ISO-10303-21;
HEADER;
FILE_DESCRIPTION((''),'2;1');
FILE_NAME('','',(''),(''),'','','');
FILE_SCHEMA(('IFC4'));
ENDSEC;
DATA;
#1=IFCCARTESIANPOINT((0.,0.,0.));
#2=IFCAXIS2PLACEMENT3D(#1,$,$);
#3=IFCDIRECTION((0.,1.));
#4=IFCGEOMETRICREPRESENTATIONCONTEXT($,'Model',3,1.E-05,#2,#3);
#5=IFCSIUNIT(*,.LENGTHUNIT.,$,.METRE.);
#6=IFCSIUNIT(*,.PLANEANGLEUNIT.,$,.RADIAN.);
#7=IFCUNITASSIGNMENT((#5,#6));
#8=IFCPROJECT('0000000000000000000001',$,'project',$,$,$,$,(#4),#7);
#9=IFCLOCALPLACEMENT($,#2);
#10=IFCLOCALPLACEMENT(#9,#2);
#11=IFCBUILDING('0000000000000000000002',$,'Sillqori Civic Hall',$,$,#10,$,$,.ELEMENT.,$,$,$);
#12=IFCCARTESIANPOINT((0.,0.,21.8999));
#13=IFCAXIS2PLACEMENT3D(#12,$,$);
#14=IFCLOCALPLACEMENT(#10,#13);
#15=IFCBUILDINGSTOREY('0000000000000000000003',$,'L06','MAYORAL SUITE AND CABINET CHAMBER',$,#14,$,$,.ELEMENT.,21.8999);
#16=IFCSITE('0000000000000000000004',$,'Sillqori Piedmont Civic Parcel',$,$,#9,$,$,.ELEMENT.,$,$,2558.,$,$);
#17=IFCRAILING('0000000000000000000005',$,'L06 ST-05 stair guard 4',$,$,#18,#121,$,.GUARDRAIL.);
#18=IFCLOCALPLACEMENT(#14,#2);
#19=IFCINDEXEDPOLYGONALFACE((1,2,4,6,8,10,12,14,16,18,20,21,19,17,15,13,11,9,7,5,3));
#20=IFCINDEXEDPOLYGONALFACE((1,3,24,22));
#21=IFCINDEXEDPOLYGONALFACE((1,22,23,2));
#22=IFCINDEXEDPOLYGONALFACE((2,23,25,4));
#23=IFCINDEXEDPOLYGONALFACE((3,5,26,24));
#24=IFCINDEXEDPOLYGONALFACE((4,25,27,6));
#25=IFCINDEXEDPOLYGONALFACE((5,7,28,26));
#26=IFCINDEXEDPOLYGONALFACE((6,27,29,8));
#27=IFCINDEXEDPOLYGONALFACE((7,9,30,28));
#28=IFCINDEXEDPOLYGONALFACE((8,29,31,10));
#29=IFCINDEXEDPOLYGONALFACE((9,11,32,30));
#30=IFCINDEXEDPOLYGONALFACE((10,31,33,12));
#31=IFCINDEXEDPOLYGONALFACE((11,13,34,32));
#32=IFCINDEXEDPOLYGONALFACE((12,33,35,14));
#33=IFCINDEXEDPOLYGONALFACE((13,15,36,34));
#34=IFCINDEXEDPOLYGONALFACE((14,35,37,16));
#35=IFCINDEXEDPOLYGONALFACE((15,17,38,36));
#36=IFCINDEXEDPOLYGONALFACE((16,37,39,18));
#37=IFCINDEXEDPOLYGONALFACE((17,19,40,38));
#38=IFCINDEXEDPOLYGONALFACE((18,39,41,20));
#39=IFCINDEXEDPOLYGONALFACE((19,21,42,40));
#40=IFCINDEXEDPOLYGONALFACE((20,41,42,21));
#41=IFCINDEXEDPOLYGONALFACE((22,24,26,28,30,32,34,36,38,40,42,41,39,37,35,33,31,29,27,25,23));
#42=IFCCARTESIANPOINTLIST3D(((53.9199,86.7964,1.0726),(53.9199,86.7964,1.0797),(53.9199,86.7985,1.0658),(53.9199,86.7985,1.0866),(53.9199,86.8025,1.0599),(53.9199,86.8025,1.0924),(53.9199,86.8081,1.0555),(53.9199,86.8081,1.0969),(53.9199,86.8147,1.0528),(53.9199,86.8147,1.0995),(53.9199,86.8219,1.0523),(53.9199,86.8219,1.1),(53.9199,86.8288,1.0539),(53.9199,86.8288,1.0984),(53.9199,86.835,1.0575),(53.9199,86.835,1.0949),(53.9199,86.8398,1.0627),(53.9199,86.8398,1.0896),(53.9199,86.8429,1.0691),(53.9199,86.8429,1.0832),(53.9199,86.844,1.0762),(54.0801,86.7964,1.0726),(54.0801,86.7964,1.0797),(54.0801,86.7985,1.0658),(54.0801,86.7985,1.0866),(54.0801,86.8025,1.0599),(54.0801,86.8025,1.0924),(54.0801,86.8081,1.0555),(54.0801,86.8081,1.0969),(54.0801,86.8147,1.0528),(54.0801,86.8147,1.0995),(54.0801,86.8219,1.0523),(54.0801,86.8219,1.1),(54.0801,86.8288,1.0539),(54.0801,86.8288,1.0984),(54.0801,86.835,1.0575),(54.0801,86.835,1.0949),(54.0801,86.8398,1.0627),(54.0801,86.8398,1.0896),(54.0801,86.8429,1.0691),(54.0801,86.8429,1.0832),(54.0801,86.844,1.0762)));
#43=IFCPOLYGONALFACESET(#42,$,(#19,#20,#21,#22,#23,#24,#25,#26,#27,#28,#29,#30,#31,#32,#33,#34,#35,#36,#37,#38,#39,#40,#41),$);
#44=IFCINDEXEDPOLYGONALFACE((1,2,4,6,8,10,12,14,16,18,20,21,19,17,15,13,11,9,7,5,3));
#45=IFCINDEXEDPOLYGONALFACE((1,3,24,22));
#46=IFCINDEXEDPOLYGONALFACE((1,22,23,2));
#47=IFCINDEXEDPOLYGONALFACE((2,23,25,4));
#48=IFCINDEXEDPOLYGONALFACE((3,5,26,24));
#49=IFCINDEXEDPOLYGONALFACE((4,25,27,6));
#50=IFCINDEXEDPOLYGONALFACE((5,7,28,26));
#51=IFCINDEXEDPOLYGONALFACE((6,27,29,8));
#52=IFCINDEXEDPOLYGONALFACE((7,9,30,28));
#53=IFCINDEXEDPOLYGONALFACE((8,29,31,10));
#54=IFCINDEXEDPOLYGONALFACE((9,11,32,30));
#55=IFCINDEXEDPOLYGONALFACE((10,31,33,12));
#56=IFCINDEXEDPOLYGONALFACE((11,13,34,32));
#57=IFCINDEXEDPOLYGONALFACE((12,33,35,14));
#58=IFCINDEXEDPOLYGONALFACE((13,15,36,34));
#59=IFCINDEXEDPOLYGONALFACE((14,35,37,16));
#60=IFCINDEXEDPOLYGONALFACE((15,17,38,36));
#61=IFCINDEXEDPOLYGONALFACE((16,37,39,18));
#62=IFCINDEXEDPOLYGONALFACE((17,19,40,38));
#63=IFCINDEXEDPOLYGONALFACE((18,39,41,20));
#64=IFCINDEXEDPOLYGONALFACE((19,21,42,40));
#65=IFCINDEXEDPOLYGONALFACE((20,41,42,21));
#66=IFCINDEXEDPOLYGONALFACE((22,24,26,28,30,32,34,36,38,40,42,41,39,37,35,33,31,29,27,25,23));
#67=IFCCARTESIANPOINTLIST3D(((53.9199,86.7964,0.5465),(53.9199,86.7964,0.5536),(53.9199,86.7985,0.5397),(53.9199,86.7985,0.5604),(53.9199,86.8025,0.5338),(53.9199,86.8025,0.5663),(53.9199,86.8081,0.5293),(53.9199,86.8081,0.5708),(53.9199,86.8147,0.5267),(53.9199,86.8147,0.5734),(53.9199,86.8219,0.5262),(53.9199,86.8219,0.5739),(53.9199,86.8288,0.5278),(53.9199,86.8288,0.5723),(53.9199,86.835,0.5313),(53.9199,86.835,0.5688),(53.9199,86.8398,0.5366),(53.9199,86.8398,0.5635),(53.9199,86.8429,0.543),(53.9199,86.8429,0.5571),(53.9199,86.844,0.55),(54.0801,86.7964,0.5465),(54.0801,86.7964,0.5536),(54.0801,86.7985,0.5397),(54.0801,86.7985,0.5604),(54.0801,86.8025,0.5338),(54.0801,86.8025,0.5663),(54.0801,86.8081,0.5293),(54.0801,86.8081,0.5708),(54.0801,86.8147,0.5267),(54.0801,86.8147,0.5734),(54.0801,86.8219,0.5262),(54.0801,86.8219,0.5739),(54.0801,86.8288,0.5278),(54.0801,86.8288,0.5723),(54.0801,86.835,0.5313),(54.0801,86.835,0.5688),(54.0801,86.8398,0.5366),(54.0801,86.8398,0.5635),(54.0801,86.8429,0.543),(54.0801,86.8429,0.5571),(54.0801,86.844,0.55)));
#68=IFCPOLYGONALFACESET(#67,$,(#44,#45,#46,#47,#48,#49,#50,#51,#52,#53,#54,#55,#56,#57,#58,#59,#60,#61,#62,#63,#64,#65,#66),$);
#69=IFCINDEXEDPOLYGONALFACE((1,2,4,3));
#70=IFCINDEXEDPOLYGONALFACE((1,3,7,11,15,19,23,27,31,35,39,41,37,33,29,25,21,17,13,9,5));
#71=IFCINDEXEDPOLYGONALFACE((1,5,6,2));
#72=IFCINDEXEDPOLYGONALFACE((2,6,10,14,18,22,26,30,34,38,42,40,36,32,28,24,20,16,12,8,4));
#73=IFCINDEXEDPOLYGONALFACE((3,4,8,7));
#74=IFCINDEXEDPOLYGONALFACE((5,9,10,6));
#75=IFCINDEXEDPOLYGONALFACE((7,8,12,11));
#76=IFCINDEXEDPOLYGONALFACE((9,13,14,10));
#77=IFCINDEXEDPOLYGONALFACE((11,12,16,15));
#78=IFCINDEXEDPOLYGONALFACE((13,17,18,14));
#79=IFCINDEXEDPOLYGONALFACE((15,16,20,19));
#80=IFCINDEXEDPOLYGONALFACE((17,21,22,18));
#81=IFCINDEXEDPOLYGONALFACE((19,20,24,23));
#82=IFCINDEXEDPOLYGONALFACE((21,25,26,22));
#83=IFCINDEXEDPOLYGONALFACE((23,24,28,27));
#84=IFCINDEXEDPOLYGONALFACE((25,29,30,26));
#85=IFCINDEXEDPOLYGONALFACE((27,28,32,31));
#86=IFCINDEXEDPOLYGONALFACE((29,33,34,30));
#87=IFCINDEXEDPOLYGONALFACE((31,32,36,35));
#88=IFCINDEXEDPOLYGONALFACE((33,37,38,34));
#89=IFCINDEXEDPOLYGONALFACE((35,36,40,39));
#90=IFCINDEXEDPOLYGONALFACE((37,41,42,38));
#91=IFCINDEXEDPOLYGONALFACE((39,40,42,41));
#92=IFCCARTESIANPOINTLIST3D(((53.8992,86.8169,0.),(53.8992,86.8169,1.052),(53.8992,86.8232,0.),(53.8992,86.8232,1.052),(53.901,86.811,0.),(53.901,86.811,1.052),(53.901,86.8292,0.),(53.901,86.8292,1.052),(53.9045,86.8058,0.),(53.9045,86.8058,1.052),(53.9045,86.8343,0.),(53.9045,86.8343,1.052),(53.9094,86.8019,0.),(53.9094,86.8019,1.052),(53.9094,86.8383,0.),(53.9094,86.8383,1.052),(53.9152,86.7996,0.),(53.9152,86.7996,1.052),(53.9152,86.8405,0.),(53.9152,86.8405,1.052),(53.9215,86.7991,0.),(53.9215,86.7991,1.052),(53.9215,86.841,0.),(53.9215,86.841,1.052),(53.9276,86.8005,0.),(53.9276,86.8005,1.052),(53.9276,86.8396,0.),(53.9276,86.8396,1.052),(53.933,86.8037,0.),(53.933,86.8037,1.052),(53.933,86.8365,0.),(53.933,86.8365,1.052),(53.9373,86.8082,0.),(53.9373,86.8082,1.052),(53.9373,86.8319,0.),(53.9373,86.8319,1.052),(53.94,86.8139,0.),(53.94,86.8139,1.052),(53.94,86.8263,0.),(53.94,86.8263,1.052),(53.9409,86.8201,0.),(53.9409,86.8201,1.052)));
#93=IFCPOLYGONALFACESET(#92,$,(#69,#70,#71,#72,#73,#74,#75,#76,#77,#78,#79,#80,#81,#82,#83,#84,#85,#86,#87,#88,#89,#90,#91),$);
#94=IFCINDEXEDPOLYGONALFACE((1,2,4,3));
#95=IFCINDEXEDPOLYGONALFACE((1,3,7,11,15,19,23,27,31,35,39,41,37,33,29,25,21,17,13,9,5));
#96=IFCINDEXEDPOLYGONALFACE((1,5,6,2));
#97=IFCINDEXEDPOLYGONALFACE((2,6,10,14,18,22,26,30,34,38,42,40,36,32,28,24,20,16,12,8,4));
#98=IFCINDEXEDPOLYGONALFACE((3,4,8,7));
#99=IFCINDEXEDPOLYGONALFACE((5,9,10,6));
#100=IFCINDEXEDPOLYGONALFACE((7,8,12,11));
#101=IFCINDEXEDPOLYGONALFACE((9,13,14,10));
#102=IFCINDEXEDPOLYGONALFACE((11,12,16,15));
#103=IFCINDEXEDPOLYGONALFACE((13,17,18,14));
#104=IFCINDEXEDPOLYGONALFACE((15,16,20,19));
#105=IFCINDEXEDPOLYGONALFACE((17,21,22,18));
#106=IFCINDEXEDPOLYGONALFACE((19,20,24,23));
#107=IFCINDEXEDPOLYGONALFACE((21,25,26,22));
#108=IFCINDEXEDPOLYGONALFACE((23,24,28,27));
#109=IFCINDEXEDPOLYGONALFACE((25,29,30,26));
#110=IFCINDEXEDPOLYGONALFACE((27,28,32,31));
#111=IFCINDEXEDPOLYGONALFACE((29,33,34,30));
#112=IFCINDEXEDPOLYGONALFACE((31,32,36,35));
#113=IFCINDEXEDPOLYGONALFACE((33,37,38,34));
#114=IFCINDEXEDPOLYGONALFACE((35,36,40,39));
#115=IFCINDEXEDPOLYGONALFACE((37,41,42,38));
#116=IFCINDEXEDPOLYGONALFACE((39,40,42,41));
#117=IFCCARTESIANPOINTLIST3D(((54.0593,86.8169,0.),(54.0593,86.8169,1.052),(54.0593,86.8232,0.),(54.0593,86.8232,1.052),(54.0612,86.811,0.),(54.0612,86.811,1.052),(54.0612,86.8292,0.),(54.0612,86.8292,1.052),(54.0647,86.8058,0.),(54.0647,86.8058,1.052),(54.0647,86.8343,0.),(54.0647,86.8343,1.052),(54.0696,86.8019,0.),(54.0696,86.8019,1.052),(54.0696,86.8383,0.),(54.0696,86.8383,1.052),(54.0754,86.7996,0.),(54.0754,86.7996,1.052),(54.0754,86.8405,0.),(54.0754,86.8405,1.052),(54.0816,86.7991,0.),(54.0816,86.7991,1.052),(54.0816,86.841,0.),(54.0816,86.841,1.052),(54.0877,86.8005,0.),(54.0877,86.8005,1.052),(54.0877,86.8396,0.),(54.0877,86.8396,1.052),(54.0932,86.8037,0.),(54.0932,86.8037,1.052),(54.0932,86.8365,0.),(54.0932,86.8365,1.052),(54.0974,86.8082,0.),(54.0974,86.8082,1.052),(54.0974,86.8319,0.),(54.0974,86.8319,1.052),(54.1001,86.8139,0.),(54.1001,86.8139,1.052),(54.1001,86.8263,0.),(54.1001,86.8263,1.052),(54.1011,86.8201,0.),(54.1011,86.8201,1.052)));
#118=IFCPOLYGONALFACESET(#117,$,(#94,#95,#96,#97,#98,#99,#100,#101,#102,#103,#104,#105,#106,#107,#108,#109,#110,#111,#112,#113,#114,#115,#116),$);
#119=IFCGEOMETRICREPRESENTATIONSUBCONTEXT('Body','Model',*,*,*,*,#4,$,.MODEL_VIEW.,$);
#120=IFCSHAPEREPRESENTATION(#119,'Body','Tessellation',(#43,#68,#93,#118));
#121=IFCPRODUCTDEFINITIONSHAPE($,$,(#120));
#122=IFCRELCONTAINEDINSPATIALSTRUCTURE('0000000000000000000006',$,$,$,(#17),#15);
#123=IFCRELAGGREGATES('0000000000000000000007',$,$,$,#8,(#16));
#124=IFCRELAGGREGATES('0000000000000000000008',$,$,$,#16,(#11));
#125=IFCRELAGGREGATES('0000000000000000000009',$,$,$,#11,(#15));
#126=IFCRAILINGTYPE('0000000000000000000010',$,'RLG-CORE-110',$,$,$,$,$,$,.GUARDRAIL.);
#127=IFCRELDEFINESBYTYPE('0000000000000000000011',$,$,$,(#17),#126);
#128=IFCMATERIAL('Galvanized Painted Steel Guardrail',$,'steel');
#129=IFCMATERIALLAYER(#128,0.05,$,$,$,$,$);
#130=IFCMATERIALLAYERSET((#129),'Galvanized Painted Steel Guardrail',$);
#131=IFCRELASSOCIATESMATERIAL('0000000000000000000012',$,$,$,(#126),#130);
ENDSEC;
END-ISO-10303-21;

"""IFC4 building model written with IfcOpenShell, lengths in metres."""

from ifc_helpers import new_model, si_unit, direction, frame, origin, origin_2d, place, context, subcontext, project, spatial, circle, extrude, material, layer, layer_set, type_object, element, save


model = new_model("IFC4")

# Units and contexts
model_context = context("Model", 3, precision=1e-05, world=origin(), true_north=direction((0.0, 1.0)))
body_context = subcontext(model_context, "Body", "Model", "MODEL_VIEW")
ifc_project = project(units=[si_unit("LENGTHUNIT", "METRE"), si_unit("PLANEANGLEUNIT", "RADIAN")], contexts=[model_context])

# Site, building, storey
site_placement = place(None, origin())
site = spatial("IfcSite", under=ifc_project, at=site_placement, Name="Sillqori Piedmont Civic Parcel", CompositionType="ELEMENT", RefElevation=2558.0)
building_placement = place(site_placement, origin())
building = spatial("IfcBuilding", under=site, at=building_placement, Name="Sillqori Civic Hall", CompositionType="ELEMENT")
storey_placement = place(building_placement, frame((0.0, 0.0, 21.8999)))
storey = spatial("IfcBuildingStorey", under=building, at=storey_placement, Name="L06", Description="MAYORAL SUITE AND CABINET CHAMBER", CompositionType="ELEMENT", Elevation=21.8999)

# Railing
ifc_material_1 = material(Name="Galvanized Painted Steel Guardrail", Category="steel")
ifc_layer_1 = layer(ifc_material_1, 0.05)
ifc_layer_set_1 = layer_set([ifc_layer_1], Name="Galvanized Painted Steel Guardrail")
railing_type_1 = type_object("IfcRailingType", Name="RLG-CORE-110", PredefinedType="GUARDRAIL", material=ifc_layer_set_1)
railing_1_placement = place(storey_placement, frame((53.9199, 86.8201, 0.0)))
element("IfcRailing", 1, at=railing_1_placement, inside=storey, type_object=railing_type_1, Name="L06 ST-05 stair guard 4", PredefinedType="GUARDRAIL", context=body_context, shape_type="SweptSolid", body=[
    extrude(circle(Radius=0.0239, at=origin_2d()), frame((0.0, 0.0, 1.0762), z_axis=(1.0, 0.0, 0.0), x_axis=(0.0, 1.0, 0.0)), (0.0, 0.0, 1.0), 0.1602),
    extrude(circle(Radius=0.0239, at=origin_2d()), frame((0.0, 0.0, 0.55), z_axis=(1.0, 0.0, 0.0), x_axis=(0.0, 1.0, 0.0)), (0.0, 0.0, 1.0), 0.1602),
    extrude(circle(Radius=0.021, at=origin_2d()), origin(), (0.0, 0.0, 1.0), 1.052),
    extrude(circle(Radius=0.021, at=origin_2d()), frame((0.1602, 0.0, 0.0)), (0.0, 0.0, 1.0), 1.052),
])

save(model, "model.ifc")
